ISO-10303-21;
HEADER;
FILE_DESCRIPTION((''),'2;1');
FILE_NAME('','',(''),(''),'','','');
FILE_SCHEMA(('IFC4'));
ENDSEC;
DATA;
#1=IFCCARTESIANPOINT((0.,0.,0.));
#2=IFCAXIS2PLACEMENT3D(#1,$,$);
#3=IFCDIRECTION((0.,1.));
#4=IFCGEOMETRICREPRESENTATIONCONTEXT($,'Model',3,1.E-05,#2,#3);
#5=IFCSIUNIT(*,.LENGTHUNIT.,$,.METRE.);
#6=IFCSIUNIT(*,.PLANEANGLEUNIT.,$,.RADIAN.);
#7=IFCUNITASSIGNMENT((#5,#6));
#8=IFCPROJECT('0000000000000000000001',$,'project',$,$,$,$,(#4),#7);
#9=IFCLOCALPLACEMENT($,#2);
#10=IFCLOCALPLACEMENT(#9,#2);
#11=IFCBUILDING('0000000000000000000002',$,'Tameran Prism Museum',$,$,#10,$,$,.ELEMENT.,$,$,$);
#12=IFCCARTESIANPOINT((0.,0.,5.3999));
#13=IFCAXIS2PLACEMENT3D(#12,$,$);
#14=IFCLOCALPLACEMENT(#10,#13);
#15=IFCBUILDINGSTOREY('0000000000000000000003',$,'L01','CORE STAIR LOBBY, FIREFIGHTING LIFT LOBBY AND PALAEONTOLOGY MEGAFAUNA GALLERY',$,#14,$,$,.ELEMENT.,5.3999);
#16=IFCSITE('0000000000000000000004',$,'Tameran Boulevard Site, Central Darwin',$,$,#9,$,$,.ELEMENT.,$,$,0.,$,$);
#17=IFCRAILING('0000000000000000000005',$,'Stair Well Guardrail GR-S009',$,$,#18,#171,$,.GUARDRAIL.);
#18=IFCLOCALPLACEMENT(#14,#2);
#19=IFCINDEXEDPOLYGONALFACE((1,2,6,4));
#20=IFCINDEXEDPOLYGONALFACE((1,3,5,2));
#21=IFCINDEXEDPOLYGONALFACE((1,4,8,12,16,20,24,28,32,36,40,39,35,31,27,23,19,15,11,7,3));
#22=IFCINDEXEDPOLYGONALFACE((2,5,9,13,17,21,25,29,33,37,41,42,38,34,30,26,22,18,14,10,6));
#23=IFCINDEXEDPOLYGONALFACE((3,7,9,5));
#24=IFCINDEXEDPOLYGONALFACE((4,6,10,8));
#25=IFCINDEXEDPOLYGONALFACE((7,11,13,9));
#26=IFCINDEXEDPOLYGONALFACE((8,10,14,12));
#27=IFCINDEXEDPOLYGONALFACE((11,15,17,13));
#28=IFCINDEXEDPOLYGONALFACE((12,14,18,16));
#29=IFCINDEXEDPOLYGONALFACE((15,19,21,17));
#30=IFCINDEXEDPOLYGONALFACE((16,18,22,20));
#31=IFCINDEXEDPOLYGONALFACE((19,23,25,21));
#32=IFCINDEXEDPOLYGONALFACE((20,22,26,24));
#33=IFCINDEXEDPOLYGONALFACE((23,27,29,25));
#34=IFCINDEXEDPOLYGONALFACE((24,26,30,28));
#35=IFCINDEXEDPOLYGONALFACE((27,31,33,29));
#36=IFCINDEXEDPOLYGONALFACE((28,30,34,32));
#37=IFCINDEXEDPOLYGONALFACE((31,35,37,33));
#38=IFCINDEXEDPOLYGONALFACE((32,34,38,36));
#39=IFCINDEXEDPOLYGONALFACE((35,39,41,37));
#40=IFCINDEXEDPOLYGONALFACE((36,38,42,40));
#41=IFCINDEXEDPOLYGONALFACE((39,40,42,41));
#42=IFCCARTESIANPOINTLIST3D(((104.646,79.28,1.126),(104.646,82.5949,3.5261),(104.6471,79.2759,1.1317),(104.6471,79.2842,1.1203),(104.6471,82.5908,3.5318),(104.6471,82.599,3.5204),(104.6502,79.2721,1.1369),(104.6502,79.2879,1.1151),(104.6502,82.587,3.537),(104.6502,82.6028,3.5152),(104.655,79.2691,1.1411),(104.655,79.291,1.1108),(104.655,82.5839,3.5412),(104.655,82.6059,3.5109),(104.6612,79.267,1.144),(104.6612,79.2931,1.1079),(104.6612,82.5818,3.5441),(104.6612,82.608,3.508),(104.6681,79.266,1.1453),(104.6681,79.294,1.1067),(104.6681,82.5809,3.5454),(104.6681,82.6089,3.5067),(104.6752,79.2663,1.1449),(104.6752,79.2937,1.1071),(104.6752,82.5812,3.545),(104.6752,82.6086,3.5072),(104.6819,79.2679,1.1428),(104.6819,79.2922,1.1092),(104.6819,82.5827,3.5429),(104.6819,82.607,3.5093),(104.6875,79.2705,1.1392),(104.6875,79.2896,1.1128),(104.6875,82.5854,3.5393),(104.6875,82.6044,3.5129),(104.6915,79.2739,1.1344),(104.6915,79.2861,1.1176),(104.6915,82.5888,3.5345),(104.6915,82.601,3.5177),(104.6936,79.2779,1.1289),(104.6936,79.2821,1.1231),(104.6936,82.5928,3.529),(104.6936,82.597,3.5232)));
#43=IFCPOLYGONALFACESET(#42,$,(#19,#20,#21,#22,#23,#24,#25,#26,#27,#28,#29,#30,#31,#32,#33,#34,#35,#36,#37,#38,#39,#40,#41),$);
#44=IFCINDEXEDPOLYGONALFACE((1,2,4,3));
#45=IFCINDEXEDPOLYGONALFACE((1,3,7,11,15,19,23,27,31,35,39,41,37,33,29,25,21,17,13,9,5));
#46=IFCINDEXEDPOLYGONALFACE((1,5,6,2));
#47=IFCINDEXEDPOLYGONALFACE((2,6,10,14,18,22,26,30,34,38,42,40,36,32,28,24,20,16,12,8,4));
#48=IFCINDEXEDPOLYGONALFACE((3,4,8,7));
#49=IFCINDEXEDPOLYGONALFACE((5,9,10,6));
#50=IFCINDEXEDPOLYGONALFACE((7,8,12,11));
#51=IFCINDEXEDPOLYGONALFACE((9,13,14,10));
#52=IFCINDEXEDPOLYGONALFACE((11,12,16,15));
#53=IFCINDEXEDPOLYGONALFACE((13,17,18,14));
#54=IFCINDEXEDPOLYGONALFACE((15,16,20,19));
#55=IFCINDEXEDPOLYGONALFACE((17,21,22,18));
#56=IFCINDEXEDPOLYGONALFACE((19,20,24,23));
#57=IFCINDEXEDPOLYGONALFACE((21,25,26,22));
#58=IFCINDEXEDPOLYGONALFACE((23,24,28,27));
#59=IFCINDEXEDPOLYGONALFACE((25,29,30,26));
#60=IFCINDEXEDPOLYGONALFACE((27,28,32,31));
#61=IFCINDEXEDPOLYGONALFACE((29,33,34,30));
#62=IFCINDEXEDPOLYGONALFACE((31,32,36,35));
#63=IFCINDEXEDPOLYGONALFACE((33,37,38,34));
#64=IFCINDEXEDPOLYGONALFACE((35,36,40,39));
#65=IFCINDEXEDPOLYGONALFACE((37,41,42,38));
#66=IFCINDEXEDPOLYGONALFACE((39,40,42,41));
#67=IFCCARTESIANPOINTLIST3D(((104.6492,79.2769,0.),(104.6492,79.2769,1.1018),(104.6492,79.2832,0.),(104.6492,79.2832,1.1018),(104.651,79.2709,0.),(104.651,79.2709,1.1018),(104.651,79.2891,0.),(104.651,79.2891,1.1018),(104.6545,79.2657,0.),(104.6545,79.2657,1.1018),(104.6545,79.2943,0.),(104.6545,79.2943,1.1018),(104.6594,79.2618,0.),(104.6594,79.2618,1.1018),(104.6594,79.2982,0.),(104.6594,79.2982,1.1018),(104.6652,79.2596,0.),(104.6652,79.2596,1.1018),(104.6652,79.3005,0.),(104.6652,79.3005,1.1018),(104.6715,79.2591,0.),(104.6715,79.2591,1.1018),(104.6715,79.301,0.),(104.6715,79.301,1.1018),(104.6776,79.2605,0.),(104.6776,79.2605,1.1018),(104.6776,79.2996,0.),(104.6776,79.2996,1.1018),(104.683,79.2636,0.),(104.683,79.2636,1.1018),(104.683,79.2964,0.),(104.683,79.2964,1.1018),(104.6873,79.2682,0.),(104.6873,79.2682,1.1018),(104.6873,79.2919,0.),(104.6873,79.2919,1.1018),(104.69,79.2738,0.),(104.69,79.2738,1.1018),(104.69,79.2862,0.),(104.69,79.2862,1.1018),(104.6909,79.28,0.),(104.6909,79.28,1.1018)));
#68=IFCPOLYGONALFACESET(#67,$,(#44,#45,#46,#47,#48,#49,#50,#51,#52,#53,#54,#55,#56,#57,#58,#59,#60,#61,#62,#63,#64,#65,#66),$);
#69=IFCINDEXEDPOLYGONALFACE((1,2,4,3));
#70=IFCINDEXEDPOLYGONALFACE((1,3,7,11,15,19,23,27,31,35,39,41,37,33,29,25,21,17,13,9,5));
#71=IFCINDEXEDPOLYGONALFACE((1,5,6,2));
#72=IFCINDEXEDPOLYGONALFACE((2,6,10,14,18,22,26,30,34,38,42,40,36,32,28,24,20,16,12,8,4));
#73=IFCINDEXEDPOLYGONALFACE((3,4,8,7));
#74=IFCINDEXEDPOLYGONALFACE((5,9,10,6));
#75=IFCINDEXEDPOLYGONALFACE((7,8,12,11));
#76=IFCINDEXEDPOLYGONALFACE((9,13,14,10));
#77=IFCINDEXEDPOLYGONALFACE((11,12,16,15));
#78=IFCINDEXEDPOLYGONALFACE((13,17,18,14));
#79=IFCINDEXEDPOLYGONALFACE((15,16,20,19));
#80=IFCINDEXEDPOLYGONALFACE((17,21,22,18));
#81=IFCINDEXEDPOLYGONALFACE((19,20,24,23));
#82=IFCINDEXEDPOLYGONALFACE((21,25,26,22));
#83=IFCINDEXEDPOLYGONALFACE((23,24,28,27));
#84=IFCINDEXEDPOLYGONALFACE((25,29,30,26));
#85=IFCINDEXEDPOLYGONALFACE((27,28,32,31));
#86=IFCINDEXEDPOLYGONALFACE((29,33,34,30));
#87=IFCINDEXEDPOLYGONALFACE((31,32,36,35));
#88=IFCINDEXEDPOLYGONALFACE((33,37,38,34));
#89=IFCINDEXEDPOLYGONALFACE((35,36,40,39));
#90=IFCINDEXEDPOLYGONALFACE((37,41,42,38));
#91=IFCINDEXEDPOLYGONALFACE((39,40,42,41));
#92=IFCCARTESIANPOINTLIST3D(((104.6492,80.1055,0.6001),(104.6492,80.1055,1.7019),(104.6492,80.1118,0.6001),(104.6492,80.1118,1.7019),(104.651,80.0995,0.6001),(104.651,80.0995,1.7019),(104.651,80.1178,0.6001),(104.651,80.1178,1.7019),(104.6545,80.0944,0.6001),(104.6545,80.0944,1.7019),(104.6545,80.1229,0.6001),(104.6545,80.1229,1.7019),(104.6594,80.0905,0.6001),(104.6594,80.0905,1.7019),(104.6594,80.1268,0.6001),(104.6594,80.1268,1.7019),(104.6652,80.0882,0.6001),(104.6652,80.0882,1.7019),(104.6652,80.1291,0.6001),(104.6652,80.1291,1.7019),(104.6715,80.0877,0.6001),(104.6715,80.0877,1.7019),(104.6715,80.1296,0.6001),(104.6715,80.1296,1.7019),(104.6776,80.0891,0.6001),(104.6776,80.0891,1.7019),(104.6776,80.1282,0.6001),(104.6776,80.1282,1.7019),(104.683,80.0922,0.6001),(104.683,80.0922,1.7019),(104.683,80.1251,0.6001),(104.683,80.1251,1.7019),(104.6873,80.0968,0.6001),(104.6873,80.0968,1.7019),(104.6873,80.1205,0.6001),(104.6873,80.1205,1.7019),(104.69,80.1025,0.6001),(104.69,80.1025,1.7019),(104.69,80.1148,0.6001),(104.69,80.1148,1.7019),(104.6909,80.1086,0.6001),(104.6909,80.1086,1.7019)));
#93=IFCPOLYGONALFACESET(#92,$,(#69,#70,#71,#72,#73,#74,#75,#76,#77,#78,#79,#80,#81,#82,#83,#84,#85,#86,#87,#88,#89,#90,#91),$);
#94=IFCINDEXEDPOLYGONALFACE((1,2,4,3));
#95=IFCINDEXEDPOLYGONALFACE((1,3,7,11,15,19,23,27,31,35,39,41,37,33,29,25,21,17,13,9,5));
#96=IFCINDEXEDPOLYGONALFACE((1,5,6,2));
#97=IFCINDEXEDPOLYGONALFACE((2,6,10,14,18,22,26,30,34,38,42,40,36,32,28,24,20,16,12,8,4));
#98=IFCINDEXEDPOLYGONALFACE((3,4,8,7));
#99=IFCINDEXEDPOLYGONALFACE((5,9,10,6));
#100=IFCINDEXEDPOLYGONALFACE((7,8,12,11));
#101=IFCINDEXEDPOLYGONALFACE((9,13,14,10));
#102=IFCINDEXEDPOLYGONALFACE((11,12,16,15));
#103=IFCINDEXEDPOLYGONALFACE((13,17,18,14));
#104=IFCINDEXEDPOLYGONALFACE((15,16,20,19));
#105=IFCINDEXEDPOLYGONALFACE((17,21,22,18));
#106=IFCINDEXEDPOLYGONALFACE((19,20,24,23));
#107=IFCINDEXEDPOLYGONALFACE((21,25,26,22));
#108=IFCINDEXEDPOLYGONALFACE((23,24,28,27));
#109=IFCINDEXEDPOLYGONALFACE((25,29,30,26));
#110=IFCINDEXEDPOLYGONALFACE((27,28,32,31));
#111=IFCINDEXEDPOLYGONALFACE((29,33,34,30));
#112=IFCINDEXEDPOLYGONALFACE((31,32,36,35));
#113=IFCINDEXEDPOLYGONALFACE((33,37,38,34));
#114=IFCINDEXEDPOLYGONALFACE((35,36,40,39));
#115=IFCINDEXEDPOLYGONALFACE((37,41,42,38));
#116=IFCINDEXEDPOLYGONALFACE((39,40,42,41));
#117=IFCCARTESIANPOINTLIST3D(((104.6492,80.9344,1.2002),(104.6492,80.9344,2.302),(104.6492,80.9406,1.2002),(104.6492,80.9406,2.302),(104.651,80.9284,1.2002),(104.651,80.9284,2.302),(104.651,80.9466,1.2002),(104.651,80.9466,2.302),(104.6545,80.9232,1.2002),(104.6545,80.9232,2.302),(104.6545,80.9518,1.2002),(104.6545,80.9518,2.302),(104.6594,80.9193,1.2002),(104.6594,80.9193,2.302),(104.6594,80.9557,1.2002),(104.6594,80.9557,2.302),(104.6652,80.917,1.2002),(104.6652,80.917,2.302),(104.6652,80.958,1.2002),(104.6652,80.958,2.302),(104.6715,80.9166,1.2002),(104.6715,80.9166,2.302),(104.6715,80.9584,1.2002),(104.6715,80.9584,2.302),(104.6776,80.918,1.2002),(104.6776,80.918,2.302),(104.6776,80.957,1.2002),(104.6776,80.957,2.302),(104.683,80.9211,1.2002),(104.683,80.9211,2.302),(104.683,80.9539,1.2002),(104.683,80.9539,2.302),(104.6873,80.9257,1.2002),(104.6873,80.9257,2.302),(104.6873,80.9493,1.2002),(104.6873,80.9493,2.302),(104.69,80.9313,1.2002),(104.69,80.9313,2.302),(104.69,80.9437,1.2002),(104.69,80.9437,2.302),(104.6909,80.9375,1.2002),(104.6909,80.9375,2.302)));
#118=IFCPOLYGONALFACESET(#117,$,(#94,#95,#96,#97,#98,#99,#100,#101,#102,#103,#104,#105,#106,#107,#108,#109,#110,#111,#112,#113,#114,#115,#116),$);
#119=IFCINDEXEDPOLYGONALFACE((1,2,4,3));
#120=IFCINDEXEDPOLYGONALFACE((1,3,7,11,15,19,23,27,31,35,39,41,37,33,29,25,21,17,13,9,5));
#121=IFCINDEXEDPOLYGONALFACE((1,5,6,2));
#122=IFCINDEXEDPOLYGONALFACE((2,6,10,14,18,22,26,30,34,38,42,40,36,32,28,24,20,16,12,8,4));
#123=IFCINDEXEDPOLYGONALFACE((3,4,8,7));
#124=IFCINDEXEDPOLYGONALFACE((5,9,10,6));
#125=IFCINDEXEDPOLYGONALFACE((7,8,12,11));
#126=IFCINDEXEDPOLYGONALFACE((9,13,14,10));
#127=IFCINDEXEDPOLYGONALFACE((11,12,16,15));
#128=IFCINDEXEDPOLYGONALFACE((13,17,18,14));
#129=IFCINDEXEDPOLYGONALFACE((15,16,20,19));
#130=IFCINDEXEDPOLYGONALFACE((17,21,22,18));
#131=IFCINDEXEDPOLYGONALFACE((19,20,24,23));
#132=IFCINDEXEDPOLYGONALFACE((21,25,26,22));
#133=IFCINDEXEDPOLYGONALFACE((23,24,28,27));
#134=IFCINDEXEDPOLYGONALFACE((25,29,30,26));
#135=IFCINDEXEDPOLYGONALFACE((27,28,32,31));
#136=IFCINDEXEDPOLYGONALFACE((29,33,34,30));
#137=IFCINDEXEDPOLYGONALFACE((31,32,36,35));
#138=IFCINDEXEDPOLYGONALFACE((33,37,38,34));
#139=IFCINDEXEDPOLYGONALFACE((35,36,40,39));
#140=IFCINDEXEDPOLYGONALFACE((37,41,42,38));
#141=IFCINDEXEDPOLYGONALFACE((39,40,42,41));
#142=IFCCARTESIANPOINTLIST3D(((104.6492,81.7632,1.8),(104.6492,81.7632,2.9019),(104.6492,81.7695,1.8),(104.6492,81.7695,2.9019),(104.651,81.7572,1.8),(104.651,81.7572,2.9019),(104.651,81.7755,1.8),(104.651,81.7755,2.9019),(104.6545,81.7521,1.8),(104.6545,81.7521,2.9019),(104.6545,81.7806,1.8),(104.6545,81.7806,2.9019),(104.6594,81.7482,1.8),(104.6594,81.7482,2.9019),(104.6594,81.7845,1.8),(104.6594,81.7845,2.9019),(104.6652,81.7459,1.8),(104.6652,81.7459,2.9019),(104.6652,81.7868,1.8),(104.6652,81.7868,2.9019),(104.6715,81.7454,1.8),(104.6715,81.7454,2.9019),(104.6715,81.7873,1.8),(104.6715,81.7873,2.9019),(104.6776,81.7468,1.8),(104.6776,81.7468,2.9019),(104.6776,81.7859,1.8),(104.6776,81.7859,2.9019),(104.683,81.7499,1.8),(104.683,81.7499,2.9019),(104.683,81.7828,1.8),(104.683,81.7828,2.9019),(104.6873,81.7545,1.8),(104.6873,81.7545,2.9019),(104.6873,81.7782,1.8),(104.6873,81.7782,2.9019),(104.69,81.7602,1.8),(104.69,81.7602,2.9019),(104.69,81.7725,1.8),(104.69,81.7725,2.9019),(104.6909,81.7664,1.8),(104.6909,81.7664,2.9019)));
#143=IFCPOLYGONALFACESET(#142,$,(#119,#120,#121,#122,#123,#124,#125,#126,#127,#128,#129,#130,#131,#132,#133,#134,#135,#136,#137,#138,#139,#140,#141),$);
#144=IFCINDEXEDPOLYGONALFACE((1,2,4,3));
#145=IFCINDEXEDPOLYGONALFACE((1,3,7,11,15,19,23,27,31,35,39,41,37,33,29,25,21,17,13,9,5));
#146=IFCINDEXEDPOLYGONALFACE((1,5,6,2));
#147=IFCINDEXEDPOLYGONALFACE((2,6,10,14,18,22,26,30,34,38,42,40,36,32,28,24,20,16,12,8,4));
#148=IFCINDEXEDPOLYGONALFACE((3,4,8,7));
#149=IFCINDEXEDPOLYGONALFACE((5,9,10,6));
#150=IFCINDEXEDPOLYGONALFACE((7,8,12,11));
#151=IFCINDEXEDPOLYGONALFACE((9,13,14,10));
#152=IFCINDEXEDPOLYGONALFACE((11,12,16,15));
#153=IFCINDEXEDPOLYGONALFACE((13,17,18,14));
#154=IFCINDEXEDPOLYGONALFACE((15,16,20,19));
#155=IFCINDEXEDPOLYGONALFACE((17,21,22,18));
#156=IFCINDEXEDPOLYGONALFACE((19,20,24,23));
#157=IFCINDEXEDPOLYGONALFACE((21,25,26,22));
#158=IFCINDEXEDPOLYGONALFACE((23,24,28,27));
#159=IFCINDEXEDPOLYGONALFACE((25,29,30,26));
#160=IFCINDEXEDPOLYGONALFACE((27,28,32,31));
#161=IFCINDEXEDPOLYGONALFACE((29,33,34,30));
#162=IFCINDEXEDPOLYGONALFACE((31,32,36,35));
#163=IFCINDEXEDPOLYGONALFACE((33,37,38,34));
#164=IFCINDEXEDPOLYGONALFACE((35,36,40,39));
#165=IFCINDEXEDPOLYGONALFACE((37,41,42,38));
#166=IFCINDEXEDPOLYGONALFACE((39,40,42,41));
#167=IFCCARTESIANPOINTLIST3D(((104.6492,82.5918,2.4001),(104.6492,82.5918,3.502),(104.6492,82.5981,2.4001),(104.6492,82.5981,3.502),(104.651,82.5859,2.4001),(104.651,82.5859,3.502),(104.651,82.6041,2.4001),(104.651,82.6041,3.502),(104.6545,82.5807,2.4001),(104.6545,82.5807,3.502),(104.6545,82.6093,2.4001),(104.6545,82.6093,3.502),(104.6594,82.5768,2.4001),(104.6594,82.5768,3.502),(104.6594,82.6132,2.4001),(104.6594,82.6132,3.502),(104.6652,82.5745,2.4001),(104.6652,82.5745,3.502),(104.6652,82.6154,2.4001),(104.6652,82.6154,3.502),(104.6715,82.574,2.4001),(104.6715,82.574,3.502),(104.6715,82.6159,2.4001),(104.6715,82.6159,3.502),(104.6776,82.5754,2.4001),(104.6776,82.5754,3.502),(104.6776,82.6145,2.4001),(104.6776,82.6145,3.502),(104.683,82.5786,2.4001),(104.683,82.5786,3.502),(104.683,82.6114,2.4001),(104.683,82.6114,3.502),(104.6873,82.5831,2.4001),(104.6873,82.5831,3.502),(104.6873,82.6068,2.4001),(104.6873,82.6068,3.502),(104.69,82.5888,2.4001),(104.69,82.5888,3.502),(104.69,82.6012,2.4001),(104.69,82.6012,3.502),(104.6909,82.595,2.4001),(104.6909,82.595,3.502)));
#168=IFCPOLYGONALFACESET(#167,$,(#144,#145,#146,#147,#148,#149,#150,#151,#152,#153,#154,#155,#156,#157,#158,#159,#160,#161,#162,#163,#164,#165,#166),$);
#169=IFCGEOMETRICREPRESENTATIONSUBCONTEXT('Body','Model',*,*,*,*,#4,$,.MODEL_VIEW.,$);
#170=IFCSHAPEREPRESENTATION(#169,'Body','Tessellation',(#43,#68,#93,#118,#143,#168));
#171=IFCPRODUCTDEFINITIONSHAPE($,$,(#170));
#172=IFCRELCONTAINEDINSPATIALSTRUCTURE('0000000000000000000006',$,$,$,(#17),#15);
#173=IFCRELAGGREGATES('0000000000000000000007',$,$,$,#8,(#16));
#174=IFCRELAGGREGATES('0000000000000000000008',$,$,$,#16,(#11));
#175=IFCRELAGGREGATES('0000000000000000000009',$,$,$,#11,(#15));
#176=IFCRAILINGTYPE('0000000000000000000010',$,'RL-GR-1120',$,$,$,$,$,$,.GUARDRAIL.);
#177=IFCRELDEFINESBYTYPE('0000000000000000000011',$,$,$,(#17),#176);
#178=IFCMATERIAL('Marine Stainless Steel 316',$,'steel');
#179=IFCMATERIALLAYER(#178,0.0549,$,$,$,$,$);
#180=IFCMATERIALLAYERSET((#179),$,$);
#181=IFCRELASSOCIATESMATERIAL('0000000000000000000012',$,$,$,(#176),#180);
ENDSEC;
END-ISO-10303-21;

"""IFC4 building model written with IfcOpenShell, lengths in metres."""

from ifc_helpers import new_model, si_unit, direction, frame, origin, origin_2d, place, context, subcontext, project, spatial, circle, extrude, material, layer, layer_set, type_object, element, save


model = new_model("IFC4")

# Units and contexts
model_context = context("Model", 3, precision=1e-05, world=origin(), true_north=direction((0.0, 1.0)))
body_context = subcontext(model_context, "Body", "Model", "MODEL_VIEW")
ifc_project = project(units=[si_unit("LENGTHUNIT", "METRE"), si_unit("PLANEANGLEUNIT", "RADIAN")], contexts=[model_context])

# Site, building, storey
site_placement = place(None, origin())
site = spatial("IfcSite", under=ifc_project, at=site_placement, Name="Tameran Boulevard Site, Central Darwin", CompositionType="ELEMENT", RefElevation=0.0)
building_placement = place(site_placement, origin())
building = spatial("IfcBuilding", under=site, at=building_placement, Name="Tameran Prism Museum", CompositionType="ELEMENT")
storey_placement = place(building_placement, frame((0.0, 0.0, 5.3999)))
storey = spatial("IfcBuildingStorey", under=building, at=storey_placement, Name="L01", Description="CORE STAIR LOBBY, FIREFIGHTING LIFT LOBBY AND PALAEONTOLOGY MEGAFAUNA GALLERY", CompositionType="ELEMENT", Elevation=5.3999)

# Railing
ifc_material_1 = material(Name="Marine Stainless Steel 316", Category="steel")
ifc_layer_1 = layer(ifc_material_1, 0.0549)
ifc_layer_set_1 = layer_set([ifc_layer_1])
railing_type_1 = type_object("IfcRailingType", Name="RL-GR-1120", PredefinedType="GUARDRAIL", material=ifc_layer_set_1)
railing_1_placement = place(storey_placement, frame((104.6699, 79.28, 0.0)))
element("IfcRailing", 1, at=railing_1_placement, inside=storey, type_object=railing_type_1, Name="Stair Well Guardrail GR-S009", PredefinedType="GUARDRAIL", context=body_context, shape_type="SweptSolid", body=[
    extrude(circle(Radius=0.0239, at=origin_2d()), frame((0.0, 0.0, 1.126), z_axis=(0.0, 0.80998, 0.586457), x_axis=(-1.0, 0.0, 0.0)), (0.0, 0.0, 1.0), 4.0925),
    extrude(circle(Radius=0.021, at=origin_2d()), origin(), (0.0, 0.0, 1.0), 1.1018),
    extrude(circle(Radius=0.021, at=origin_2d()), frame((0.0, 0.8286, 0.6001)), (0.0, 0.0, 1.0), 1.1018),
    extrude(circle(Radius=0.021, at=origin_2d()), frame((0.0, 1.6575, 1.2002)), (0.0, 0.0, 1.0), 1.1018),
    extrude(circle(Radius=0.021, at=origin_2d()), frame((0.0, 2.4863, 1.8)), (0.0, 0.0, 1.0), 1.1018),
    extrude(circle(Radius=0.021, at=origin_2d()), frame((0.0, 3.3149, 2.4001)), (0.0, 0.0, 1.0), 1.1018),
])

save(model, "model.ifc")
